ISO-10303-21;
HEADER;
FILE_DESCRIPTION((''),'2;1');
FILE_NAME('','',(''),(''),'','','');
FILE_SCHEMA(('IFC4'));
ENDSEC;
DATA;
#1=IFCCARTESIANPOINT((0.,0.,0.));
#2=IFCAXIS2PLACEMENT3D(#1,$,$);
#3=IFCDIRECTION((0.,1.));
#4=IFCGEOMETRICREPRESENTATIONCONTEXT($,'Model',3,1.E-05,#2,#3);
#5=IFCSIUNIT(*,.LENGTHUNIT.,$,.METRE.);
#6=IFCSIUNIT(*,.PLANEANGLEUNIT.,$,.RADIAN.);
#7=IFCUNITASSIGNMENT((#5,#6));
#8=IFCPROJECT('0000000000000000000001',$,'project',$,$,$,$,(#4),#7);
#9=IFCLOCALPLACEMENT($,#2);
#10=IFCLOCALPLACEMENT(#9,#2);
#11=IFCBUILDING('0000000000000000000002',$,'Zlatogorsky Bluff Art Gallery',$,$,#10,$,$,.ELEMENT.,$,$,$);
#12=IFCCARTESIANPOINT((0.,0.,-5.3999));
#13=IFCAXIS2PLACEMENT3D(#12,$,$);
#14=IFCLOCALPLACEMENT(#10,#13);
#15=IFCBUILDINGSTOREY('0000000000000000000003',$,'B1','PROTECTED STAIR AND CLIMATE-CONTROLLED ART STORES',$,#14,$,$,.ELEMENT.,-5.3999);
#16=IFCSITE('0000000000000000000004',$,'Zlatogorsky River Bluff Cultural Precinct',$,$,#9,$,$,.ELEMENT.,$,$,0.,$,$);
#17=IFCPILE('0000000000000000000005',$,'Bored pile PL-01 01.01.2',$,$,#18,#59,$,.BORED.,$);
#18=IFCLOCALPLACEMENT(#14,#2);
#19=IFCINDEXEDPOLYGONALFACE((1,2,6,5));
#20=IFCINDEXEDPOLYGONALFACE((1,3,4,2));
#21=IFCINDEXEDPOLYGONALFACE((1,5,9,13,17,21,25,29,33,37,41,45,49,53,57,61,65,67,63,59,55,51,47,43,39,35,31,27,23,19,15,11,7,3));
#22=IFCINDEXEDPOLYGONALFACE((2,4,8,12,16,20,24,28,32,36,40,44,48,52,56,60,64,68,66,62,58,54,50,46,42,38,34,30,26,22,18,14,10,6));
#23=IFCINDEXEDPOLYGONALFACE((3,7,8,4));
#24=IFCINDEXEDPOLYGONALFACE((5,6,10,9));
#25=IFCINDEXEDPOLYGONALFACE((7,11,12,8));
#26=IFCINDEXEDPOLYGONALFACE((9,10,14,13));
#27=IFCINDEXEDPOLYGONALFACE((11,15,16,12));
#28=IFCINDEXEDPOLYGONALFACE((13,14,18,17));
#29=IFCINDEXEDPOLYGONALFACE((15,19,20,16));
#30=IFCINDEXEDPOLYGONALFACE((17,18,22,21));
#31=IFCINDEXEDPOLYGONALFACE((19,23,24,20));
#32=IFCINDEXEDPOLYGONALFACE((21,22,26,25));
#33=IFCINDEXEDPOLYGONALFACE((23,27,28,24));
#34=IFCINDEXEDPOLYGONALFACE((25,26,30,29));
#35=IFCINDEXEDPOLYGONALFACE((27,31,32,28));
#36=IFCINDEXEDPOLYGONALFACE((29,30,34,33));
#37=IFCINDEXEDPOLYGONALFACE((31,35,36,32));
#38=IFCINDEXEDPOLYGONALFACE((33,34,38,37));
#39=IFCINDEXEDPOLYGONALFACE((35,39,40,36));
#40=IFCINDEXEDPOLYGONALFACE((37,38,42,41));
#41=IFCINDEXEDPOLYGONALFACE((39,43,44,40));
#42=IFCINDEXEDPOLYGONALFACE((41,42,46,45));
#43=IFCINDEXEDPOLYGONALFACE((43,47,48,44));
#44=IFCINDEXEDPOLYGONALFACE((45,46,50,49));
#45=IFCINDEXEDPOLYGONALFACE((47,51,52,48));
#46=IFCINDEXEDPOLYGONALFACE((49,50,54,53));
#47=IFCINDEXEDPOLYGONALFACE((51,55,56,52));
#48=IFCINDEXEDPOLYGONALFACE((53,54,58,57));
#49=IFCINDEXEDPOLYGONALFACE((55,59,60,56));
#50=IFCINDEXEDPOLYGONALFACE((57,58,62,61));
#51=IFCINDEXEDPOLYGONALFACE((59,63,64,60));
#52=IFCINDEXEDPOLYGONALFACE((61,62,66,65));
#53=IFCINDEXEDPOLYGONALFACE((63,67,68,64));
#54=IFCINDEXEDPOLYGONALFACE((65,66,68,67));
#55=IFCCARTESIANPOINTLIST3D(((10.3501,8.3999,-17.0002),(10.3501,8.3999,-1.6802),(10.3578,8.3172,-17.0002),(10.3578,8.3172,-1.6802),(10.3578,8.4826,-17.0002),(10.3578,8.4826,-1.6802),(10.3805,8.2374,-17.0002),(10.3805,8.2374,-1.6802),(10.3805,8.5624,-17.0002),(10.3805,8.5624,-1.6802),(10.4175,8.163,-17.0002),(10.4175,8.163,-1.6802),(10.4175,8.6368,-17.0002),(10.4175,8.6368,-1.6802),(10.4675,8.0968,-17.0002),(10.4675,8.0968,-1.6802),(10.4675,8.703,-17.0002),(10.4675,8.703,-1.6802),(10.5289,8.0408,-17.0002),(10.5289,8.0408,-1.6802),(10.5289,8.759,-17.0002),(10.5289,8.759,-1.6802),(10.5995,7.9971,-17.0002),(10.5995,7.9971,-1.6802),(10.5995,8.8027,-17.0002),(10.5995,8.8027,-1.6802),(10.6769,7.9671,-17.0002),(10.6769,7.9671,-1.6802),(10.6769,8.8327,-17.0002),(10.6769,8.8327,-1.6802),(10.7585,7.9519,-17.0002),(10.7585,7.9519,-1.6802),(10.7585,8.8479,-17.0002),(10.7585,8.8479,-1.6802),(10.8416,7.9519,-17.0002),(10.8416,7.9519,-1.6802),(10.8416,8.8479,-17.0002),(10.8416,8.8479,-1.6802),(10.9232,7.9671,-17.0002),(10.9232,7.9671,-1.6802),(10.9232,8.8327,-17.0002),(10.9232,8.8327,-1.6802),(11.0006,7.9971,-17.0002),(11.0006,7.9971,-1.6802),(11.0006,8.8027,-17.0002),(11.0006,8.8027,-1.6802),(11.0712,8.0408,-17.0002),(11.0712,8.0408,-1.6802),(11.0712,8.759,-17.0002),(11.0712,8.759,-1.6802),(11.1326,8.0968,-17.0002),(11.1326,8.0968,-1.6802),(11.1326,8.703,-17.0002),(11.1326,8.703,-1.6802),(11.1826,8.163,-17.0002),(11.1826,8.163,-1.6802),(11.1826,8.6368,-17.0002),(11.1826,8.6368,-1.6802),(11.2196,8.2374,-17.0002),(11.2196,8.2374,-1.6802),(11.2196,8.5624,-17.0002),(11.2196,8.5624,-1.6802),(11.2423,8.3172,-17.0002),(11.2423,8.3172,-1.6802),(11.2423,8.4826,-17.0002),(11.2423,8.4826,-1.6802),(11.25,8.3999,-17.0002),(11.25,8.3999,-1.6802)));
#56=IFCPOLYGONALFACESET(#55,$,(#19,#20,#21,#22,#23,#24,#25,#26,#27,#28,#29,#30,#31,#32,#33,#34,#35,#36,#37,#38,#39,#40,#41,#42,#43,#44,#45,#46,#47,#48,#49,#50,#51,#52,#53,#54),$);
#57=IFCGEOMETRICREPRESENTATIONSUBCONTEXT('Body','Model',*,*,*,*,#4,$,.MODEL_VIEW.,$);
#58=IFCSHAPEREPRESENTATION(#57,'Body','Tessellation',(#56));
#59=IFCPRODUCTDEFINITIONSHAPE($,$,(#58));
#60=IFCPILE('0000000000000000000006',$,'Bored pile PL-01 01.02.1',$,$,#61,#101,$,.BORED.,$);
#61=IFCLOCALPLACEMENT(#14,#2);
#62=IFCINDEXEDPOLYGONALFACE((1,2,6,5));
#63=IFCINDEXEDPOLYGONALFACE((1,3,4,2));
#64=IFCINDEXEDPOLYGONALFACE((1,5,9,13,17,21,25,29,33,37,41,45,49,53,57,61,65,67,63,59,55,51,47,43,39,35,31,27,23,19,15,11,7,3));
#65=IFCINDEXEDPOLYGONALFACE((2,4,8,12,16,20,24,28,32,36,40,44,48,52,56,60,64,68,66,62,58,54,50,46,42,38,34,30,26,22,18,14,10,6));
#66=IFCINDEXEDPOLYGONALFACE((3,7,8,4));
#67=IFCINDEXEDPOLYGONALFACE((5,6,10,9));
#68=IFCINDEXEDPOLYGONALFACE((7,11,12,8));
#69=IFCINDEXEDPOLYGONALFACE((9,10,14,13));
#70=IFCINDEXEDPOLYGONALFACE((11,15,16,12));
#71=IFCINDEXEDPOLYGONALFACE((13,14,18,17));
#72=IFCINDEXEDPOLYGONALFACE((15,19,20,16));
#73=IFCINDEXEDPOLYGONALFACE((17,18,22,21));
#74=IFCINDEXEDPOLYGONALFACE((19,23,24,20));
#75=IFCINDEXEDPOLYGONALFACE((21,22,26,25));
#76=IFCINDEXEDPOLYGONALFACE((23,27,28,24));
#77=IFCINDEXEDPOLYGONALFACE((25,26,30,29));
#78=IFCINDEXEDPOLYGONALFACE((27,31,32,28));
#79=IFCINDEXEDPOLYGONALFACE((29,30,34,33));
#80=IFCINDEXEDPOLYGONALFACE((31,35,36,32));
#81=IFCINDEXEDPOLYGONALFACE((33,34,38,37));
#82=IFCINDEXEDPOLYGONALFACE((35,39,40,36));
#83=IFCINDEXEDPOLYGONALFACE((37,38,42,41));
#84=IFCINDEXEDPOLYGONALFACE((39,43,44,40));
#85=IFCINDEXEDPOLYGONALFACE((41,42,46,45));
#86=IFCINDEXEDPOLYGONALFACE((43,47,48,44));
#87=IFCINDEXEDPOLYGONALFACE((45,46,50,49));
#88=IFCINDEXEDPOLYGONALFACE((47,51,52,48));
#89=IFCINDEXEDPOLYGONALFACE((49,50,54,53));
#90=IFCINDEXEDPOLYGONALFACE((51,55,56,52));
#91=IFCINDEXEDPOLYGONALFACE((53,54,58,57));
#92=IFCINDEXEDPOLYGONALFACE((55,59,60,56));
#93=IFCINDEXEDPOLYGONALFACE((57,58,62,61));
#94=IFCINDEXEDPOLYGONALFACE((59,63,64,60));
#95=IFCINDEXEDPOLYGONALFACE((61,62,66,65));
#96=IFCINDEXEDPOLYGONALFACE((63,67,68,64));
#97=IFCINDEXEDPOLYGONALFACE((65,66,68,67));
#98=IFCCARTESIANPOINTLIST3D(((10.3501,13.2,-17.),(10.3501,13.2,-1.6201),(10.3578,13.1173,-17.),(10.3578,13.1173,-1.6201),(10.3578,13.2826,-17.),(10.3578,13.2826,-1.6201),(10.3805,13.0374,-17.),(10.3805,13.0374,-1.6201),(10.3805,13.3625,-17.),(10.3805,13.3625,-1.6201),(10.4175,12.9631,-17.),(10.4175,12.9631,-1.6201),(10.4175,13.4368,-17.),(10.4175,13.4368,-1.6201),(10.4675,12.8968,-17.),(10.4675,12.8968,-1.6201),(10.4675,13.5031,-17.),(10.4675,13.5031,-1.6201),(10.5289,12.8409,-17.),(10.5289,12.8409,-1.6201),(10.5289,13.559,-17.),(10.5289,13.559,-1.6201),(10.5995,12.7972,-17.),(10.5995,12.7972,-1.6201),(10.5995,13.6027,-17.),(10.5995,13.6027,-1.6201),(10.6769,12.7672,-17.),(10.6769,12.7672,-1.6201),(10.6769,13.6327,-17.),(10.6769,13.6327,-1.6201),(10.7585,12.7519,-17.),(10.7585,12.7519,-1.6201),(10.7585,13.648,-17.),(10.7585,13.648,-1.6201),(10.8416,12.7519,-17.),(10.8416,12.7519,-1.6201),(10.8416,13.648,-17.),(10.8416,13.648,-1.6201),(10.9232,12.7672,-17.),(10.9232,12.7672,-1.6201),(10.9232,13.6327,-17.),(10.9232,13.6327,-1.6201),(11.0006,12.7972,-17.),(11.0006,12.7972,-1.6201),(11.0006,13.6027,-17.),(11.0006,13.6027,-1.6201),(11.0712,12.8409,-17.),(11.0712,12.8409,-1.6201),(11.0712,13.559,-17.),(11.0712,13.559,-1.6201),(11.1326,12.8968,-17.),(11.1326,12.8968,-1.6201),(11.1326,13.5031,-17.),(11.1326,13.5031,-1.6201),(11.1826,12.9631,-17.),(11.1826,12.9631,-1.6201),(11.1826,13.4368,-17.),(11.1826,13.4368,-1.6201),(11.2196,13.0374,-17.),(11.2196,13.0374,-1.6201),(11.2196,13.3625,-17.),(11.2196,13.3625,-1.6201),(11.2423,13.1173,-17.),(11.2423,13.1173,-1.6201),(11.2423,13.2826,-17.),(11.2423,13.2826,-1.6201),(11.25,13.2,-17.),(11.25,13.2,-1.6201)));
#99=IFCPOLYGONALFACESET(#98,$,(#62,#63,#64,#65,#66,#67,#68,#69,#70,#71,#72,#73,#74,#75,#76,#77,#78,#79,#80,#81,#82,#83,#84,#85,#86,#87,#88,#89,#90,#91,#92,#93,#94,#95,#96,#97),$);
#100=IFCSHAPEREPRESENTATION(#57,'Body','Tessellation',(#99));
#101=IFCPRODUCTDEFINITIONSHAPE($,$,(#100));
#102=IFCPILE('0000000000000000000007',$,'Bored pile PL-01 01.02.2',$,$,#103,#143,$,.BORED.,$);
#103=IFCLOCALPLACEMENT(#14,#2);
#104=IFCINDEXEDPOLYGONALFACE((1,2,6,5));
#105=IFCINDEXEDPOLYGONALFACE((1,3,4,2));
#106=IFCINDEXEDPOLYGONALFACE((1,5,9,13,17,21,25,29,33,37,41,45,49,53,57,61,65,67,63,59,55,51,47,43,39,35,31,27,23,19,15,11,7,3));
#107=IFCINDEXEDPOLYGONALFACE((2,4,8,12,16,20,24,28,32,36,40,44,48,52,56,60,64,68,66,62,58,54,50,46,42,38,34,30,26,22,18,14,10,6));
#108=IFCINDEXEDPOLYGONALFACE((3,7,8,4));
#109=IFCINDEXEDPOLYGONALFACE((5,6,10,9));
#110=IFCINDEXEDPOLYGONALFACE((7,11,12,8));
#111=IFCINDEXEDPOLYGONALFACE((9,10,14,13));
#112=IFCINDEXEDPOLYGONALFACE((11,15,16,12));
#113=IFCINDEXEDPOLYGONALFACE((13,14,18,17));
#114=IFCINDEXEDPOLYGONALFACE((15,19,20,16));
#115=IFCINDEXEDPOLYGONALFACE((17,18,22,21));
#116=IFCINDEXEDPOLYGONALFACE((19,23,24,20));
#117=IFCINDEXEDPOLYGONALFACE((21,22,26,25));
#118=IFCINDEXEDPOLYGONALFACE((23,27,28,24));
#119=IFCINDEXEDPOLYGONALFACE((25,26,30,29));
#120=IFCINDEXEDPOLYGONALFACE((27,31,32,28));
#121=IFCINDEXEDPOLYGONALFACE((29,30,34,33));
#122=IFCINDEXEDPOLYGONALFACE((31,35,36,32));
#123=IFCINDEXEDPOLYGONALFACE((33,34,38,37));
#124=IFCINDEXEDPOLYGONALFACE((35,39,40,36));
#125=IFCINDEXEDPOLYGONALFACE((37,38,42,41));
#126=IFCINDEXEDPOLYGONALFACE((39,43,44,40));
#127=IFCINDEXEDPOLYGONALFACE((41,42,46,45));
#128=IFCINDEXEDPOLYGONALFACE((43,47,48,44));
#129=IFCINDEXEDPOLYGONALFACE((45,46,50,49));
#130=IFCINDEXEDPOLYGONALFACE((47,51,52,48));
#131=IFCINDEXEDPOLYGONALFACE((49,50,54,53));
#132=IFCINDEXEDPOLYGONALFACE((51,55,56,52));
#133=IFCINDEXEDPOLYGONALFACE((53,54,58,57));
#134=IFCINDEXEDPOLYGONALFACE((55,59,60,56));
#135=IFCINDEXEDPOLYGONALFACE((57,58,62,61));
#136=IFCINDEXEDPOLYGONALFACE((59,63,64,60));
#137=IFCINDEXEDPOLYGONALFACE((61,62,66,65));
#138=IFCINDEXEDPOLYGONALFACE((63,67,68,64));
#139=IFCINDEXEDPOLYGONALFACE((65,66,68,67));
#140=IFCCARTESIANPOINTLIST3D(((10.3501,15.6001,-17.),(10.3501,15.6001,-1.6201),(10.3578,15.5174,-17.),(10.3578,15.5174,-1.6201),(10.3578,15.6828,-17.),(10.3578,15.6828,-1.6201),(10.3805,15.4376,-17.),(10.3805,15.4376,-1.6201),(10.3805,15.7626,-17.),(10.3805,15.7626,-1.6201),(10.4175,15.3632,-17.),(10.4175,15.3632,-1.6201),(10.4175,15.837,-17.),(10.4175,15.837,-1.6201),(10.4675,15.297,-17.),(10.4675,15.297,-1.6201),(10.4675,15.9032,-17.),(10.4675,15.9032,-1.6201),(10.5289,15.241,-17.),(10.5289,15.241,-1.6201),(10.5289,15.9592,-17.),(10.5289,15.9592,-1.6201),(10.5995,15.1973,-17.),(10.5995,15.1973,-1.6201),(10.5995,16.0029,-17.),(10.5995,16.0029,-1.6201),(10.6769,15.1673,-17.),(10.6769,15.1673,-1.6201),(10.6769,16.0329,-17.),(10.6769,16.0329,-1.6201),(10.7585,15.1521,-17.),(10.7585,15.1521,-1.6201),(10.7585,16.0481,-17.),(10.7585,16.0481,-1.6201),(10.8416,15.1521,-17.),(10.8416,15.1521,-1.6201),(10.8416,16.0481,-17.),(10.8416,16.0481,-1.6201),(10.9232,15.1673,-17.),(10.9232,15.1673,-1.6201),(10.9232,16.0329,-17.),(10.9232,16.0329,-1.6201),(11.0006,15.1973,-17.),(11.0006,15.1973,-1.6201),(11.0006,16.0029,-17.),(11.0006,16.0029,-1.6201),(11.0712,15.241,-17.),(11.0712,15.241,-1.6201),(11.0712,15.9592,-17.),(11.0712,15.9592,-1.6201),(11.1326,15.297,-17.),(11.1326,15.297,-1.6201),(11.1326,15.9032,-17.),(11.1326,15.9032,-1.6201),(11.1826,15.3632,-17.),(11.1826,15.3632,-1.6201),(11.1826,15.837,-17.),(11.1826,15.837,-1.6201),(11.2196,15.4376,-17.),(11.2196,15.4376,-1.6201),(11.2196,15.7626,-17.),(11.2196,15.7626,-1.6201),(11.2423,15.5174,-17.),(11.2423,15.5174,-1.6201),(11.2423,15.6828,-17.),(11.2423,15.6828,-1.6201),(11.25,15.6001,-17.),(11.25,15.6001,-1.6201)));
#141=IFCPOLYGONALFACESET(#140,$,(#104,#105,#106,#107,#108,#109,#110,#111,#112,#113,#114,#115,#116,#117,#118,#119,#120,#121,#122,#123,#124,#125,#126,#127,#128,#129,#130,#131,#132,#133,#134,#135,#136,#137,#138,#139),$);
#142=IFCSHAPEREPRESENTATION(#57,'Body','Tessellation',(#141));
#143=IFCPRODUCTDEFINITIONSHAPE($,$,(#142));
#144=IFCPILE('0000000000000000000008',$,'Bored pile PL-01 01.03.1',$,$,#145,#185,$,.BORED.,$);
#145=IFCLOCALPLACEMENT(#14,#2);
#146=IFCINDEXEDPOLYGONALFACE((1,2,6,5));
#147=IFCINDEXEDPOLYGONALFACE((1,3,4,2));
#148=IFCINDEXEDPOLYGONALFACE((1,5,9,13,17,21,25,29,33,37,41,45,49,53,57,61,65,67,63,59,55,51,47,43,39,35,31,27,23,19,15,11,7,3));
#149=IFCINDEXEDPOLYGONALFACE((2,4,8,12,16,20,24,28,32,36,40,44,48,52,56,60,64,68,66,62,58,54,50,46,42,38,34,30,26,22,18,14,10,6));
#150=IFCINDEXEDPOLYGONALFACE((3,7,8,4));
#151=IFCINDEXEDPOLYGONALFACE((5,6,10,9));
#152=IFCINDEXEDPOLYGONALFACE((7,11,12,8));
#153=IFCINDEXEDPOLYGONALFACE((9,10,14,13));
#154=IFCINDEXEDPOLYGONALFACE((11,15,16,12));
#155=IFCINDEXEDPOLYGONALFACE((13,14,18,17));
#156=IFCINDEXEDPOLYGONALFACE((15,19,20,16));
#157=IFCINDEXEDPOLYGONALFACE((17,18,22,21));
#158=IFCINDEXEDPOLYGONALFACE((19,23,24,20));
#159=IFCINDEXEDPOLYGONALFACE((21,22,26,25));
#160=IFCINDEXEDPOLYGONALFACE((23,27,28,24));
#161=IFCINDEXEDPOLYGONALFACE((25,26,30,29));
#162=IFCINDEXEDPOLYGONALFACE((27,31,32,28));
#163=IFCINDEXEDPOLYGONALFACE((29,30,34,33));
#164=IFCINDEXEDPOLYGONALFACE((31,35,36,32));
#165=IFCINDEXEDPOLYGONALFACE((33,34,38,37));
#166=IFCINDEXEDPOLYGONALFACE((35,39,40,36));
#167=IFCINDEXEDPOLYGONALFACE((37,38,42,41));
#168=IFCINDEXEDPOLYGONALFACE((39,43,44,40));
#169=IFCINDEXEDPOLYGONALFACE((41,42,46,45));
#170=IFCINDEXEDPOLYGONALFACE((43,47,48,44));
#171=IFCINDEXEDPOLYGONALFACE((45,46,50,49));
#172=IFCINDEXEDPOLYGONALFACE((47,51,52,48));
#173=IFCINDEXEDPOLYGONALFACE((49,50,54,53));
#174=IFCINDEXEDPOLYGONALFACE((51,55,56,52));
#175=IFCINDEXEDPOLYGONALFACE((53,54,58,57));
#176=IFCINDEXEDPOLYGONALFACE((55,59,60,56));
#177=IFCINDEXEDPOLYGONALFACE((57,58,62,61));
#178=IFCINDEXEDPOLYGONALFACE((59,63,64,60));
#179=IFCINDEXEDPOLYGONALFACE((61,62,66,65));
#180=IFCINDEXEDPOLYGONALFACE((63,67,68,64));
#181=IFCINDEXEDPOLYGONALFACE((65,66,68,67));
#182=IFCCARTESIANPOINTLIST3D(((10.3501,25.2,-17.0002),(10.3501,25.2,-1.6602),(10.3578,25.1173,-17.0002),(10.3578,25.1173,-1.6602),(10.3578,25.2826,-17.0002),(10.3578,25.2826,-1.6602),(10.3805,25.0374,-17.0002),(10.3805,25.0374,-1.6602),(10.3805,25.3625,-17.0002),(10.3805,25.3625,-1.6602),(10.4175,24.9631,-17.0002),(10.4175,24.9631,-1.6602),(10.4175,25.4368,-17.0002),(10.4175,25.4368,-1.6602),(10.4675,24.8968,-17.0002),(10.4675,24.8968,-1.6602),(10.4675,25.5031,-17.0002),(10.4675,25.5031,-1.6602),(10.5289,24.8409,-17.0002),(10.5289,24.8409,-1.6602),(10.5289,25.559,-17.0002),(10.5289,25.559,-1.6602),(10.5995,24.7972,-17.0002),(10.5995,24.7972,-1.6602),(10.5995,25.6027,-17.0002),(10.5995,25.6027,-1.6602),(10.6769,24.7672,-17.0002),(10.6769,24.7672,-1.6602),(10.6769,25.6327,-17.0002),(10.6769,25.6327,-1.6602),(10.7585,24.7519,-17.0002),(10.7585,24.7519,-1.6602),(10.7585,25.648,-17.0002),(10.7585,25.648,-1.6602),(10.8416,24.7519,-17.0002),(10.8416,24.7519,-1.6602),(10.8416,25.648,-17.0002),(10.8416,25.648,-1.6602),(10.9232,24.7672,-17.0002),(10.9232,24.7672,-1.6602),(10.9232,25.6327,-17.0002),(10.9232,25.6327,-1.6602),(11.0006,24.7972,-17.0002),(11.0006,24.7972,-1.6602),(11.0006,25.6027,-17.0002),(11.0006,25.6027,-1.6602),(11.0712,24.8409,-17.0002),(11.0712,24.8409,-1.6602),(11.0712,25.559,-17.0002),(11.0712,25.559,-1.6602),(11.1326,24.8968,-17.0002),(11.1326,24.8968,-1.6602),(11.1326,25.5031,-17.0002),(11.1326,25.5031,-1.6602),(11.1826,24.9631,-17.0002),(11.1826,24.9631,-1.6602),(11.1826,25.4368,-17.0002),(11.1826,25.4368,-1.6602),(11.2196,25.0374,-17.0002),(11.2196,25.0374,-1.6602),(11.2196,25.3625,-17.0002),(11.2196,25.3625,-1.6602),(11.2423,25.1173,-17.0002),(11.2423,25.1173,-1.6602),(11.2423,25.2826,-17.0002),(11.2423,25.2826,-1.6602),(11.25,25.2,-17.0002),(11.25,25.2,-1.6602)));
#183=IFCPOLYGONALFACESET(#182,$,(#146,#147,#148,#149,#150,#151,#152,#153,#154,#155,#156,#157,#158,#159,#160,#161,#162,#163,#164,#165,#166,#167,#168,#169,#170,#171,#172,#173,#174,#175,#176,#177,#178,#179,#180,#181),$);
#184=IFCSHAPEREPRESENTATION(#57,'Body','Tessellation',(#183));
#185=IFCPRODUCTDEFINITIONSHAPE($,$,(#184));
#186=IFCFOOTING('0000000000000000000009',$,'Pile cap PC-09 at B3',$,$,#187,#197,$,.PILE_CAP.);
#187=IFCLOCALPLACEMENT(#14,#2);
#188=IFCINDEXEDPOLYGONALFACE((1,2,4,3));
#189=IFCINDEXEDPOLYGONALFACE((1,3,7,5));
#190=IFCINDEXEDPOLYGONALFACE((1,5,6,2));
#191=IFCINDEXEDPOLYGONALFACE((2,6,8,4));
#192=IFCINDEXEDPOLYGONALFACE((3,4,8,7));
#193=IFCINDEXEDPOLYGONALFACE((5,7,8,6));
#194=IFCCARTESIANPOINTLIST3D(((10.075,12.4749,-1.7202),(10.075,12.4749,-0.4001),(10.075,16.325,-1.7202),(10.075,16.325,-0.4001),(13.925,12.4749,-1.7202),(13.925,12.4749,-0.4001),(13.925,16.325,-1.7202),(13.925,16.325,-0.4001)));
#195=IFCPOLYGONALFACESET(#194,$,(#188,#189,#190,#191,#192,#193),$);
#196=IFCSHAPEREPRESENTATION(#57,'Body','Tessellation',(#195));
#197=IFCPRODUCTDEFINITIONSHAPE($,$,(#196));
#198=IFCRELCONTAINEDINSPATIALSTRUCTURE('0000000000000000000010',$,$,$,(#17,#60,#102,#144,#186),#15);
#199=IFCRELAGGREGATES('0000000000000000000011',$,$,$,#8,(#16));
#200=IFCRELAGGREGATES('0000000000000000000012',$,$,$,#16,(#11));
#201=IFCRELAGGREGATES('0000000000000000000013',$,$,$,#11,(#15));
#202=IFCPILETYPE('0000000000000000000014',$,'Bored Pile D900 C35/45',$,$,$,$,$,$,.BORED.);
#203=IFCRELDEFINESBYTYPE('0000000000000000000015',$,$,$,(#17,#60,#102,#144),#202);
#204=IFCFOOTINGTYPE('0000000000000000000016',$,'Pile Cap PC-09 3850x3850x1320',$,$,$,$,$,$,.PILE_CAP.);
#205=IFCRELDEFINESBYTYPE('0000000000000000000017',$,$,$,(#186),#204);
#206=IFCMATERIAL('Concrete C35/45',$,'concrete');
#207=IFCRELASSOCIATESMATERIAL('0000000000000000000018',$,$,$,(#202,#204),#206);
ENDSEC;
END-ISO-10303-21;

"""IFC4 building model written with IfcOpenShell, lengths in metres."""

from ifc_helpers import new_model, si_unit, direction, frame, origin, origin_2d, place, context, subcontext, project, spatial, rectangle, circle, extrude, material, material_profile, profile_set, type_object, element, save


model = new_model("IFC4")

# Units and contexts
model_context = context("Model", 3, precision=1e-05, world=origin(), true_north=direction((0.0, 1.0)))
body_context = subcontext(model_context, "Body", "Model", "MODEL_VIEW")
ifc_project = project(units=[si_unit("LENGTHUNIT", "METRE"), si_unit("PLANEANGLEUNIT", "RADIAN")], contexts=[model_context])

# Site, building, storey
site_placement = place(None, origin())
site = spatial("IfcSite", under=ifc_project, at=site_placement, Name="Zlatogorsky River Bluff Cultural Precinct", CompositionType="ELEMENT", RefElevation=0.0)
building_placement = place(site_placement, origin())
building = spatial("IfcBuilding", under=site, at=building_placement, Name="Zlatogorsky Bluff Art Gallery", CompositionType="ELEMENT")
storey_placement = place(building_placement, frame((0.0, 0.0, -5.3999)))
storey = spatial("IfcBuildingStorey", under=building, at=storey_placement, Name="B1", Description="PROTECTED STAIR AND CLIMATE-CONTROLLED ART STORES", CompositionType="ELEMENT", Elevation=-5.3999)

# Piles
ifc_material_1 = material(Name="Concrete C35/45", Category="concrete")
ifc_material_profile_1 = material_profile(ifc_material_1, circle(Radius=0.45, at=origin_2d()), Name="BORED PILE D900")
ifc_profile_set_1 = profile_set([ifc_material_profile_1], Name="Concrete C35/45")
pile_type = type_object("IfcPileType", Name="Bored Pile D900 C35/45", PredefinedType="BORED", material=ifc_profile_set_1)
pile_1_placement = place(storey_placement, frame((10.8, 8.3999, -1.6802), z_axis=(0.0, 0.0, -1.0), x_axis=(1.0, 0.0, 0.0)))
element("IfcPile", 1, at=pile_1_placement, inside=storey, type_object=pile_type, Name="Bored pile PL-01 01.01.2", PredefinedType="BORED", context=body_context, shape_type="SweptSolid", body=[
    extrude(circle(Radius=0.45, at=origin_2d()), origin(), (0.0, 0.0, 1.0), 15.3201),
])
for number, where, z_axis, x_axis, name in (
    (2, (10.8, 13.2, -1.6201), (0.0, 0.0, -1.0), (1.0, 0.0, 0.0), "Bored pile PL-01 01.02.1"),
    (3, (10.8, 15.6001, -1.6201), (0.0, 0.0, -1.0), (1.0, 0.0, 0.0), "Bored pile PL-01 01.02.2"),
):
    element("IfcPile", number, at=place(storey_placement, frame(where, z_axis=z_axis, x_axis=x_axis)), inside=storey, type_object=pile_type, Name=name, PredefinedType="BORED", context=body_context, shape_type="SweptSolid", body=[
        extrude(circle(Radius=0.45, at=origin_2d()), origin(), (0.0, 0.0, 1.0), 15.3799),
    ])
pile_2_placement = place(storey_placement, frame((10.8, 25.2, -1.6602), z_axis=(0.0, 0.0, -1.0), x_axis=(1.0, 0.0, 0.0)))
element("IfcPile", 4, at=pile_2_placement, inside=storey, type_object=pile_type, Name="Bored pile PL-01 01.03.1", PredefinedType="BORED", context=body_context, shape_type="SweptSolid", body=[
    extrude(circle(Radius=0.45, at=origin_2d()), origin(), (0.0, 0.0, 1.0), 15.3401),
])

# Footing
footing_type_1 = type_object("IfcFootingType", Name="Pile Cap PC-09 3850x3850x1320", PredefinedType="PILE_CAP", material=ifc_material_1)
footing_1_placement = place(storey_placement, frame((12.0, 14.3999, -1.7202), z_axis=(0.0, 0.0, 1.0), x_axis=(1.0, 0.0, 0.0)))
element("IfcFooting", 5, at=footing_1_placement, inside=storey, type_object=footing_type_1, Name="Pile cap PC-09 at B3", PredefinedType="PILE_CAP", context=body_context, shape_type="SweptSolid", body=[
    extrude(rectangle(XDim=3.8501, YDim=3.8501, at=origin_2d()), origin(), (0.0, 0.0, 1.0), 1.3201),
])

save(model, "model.ifc")
